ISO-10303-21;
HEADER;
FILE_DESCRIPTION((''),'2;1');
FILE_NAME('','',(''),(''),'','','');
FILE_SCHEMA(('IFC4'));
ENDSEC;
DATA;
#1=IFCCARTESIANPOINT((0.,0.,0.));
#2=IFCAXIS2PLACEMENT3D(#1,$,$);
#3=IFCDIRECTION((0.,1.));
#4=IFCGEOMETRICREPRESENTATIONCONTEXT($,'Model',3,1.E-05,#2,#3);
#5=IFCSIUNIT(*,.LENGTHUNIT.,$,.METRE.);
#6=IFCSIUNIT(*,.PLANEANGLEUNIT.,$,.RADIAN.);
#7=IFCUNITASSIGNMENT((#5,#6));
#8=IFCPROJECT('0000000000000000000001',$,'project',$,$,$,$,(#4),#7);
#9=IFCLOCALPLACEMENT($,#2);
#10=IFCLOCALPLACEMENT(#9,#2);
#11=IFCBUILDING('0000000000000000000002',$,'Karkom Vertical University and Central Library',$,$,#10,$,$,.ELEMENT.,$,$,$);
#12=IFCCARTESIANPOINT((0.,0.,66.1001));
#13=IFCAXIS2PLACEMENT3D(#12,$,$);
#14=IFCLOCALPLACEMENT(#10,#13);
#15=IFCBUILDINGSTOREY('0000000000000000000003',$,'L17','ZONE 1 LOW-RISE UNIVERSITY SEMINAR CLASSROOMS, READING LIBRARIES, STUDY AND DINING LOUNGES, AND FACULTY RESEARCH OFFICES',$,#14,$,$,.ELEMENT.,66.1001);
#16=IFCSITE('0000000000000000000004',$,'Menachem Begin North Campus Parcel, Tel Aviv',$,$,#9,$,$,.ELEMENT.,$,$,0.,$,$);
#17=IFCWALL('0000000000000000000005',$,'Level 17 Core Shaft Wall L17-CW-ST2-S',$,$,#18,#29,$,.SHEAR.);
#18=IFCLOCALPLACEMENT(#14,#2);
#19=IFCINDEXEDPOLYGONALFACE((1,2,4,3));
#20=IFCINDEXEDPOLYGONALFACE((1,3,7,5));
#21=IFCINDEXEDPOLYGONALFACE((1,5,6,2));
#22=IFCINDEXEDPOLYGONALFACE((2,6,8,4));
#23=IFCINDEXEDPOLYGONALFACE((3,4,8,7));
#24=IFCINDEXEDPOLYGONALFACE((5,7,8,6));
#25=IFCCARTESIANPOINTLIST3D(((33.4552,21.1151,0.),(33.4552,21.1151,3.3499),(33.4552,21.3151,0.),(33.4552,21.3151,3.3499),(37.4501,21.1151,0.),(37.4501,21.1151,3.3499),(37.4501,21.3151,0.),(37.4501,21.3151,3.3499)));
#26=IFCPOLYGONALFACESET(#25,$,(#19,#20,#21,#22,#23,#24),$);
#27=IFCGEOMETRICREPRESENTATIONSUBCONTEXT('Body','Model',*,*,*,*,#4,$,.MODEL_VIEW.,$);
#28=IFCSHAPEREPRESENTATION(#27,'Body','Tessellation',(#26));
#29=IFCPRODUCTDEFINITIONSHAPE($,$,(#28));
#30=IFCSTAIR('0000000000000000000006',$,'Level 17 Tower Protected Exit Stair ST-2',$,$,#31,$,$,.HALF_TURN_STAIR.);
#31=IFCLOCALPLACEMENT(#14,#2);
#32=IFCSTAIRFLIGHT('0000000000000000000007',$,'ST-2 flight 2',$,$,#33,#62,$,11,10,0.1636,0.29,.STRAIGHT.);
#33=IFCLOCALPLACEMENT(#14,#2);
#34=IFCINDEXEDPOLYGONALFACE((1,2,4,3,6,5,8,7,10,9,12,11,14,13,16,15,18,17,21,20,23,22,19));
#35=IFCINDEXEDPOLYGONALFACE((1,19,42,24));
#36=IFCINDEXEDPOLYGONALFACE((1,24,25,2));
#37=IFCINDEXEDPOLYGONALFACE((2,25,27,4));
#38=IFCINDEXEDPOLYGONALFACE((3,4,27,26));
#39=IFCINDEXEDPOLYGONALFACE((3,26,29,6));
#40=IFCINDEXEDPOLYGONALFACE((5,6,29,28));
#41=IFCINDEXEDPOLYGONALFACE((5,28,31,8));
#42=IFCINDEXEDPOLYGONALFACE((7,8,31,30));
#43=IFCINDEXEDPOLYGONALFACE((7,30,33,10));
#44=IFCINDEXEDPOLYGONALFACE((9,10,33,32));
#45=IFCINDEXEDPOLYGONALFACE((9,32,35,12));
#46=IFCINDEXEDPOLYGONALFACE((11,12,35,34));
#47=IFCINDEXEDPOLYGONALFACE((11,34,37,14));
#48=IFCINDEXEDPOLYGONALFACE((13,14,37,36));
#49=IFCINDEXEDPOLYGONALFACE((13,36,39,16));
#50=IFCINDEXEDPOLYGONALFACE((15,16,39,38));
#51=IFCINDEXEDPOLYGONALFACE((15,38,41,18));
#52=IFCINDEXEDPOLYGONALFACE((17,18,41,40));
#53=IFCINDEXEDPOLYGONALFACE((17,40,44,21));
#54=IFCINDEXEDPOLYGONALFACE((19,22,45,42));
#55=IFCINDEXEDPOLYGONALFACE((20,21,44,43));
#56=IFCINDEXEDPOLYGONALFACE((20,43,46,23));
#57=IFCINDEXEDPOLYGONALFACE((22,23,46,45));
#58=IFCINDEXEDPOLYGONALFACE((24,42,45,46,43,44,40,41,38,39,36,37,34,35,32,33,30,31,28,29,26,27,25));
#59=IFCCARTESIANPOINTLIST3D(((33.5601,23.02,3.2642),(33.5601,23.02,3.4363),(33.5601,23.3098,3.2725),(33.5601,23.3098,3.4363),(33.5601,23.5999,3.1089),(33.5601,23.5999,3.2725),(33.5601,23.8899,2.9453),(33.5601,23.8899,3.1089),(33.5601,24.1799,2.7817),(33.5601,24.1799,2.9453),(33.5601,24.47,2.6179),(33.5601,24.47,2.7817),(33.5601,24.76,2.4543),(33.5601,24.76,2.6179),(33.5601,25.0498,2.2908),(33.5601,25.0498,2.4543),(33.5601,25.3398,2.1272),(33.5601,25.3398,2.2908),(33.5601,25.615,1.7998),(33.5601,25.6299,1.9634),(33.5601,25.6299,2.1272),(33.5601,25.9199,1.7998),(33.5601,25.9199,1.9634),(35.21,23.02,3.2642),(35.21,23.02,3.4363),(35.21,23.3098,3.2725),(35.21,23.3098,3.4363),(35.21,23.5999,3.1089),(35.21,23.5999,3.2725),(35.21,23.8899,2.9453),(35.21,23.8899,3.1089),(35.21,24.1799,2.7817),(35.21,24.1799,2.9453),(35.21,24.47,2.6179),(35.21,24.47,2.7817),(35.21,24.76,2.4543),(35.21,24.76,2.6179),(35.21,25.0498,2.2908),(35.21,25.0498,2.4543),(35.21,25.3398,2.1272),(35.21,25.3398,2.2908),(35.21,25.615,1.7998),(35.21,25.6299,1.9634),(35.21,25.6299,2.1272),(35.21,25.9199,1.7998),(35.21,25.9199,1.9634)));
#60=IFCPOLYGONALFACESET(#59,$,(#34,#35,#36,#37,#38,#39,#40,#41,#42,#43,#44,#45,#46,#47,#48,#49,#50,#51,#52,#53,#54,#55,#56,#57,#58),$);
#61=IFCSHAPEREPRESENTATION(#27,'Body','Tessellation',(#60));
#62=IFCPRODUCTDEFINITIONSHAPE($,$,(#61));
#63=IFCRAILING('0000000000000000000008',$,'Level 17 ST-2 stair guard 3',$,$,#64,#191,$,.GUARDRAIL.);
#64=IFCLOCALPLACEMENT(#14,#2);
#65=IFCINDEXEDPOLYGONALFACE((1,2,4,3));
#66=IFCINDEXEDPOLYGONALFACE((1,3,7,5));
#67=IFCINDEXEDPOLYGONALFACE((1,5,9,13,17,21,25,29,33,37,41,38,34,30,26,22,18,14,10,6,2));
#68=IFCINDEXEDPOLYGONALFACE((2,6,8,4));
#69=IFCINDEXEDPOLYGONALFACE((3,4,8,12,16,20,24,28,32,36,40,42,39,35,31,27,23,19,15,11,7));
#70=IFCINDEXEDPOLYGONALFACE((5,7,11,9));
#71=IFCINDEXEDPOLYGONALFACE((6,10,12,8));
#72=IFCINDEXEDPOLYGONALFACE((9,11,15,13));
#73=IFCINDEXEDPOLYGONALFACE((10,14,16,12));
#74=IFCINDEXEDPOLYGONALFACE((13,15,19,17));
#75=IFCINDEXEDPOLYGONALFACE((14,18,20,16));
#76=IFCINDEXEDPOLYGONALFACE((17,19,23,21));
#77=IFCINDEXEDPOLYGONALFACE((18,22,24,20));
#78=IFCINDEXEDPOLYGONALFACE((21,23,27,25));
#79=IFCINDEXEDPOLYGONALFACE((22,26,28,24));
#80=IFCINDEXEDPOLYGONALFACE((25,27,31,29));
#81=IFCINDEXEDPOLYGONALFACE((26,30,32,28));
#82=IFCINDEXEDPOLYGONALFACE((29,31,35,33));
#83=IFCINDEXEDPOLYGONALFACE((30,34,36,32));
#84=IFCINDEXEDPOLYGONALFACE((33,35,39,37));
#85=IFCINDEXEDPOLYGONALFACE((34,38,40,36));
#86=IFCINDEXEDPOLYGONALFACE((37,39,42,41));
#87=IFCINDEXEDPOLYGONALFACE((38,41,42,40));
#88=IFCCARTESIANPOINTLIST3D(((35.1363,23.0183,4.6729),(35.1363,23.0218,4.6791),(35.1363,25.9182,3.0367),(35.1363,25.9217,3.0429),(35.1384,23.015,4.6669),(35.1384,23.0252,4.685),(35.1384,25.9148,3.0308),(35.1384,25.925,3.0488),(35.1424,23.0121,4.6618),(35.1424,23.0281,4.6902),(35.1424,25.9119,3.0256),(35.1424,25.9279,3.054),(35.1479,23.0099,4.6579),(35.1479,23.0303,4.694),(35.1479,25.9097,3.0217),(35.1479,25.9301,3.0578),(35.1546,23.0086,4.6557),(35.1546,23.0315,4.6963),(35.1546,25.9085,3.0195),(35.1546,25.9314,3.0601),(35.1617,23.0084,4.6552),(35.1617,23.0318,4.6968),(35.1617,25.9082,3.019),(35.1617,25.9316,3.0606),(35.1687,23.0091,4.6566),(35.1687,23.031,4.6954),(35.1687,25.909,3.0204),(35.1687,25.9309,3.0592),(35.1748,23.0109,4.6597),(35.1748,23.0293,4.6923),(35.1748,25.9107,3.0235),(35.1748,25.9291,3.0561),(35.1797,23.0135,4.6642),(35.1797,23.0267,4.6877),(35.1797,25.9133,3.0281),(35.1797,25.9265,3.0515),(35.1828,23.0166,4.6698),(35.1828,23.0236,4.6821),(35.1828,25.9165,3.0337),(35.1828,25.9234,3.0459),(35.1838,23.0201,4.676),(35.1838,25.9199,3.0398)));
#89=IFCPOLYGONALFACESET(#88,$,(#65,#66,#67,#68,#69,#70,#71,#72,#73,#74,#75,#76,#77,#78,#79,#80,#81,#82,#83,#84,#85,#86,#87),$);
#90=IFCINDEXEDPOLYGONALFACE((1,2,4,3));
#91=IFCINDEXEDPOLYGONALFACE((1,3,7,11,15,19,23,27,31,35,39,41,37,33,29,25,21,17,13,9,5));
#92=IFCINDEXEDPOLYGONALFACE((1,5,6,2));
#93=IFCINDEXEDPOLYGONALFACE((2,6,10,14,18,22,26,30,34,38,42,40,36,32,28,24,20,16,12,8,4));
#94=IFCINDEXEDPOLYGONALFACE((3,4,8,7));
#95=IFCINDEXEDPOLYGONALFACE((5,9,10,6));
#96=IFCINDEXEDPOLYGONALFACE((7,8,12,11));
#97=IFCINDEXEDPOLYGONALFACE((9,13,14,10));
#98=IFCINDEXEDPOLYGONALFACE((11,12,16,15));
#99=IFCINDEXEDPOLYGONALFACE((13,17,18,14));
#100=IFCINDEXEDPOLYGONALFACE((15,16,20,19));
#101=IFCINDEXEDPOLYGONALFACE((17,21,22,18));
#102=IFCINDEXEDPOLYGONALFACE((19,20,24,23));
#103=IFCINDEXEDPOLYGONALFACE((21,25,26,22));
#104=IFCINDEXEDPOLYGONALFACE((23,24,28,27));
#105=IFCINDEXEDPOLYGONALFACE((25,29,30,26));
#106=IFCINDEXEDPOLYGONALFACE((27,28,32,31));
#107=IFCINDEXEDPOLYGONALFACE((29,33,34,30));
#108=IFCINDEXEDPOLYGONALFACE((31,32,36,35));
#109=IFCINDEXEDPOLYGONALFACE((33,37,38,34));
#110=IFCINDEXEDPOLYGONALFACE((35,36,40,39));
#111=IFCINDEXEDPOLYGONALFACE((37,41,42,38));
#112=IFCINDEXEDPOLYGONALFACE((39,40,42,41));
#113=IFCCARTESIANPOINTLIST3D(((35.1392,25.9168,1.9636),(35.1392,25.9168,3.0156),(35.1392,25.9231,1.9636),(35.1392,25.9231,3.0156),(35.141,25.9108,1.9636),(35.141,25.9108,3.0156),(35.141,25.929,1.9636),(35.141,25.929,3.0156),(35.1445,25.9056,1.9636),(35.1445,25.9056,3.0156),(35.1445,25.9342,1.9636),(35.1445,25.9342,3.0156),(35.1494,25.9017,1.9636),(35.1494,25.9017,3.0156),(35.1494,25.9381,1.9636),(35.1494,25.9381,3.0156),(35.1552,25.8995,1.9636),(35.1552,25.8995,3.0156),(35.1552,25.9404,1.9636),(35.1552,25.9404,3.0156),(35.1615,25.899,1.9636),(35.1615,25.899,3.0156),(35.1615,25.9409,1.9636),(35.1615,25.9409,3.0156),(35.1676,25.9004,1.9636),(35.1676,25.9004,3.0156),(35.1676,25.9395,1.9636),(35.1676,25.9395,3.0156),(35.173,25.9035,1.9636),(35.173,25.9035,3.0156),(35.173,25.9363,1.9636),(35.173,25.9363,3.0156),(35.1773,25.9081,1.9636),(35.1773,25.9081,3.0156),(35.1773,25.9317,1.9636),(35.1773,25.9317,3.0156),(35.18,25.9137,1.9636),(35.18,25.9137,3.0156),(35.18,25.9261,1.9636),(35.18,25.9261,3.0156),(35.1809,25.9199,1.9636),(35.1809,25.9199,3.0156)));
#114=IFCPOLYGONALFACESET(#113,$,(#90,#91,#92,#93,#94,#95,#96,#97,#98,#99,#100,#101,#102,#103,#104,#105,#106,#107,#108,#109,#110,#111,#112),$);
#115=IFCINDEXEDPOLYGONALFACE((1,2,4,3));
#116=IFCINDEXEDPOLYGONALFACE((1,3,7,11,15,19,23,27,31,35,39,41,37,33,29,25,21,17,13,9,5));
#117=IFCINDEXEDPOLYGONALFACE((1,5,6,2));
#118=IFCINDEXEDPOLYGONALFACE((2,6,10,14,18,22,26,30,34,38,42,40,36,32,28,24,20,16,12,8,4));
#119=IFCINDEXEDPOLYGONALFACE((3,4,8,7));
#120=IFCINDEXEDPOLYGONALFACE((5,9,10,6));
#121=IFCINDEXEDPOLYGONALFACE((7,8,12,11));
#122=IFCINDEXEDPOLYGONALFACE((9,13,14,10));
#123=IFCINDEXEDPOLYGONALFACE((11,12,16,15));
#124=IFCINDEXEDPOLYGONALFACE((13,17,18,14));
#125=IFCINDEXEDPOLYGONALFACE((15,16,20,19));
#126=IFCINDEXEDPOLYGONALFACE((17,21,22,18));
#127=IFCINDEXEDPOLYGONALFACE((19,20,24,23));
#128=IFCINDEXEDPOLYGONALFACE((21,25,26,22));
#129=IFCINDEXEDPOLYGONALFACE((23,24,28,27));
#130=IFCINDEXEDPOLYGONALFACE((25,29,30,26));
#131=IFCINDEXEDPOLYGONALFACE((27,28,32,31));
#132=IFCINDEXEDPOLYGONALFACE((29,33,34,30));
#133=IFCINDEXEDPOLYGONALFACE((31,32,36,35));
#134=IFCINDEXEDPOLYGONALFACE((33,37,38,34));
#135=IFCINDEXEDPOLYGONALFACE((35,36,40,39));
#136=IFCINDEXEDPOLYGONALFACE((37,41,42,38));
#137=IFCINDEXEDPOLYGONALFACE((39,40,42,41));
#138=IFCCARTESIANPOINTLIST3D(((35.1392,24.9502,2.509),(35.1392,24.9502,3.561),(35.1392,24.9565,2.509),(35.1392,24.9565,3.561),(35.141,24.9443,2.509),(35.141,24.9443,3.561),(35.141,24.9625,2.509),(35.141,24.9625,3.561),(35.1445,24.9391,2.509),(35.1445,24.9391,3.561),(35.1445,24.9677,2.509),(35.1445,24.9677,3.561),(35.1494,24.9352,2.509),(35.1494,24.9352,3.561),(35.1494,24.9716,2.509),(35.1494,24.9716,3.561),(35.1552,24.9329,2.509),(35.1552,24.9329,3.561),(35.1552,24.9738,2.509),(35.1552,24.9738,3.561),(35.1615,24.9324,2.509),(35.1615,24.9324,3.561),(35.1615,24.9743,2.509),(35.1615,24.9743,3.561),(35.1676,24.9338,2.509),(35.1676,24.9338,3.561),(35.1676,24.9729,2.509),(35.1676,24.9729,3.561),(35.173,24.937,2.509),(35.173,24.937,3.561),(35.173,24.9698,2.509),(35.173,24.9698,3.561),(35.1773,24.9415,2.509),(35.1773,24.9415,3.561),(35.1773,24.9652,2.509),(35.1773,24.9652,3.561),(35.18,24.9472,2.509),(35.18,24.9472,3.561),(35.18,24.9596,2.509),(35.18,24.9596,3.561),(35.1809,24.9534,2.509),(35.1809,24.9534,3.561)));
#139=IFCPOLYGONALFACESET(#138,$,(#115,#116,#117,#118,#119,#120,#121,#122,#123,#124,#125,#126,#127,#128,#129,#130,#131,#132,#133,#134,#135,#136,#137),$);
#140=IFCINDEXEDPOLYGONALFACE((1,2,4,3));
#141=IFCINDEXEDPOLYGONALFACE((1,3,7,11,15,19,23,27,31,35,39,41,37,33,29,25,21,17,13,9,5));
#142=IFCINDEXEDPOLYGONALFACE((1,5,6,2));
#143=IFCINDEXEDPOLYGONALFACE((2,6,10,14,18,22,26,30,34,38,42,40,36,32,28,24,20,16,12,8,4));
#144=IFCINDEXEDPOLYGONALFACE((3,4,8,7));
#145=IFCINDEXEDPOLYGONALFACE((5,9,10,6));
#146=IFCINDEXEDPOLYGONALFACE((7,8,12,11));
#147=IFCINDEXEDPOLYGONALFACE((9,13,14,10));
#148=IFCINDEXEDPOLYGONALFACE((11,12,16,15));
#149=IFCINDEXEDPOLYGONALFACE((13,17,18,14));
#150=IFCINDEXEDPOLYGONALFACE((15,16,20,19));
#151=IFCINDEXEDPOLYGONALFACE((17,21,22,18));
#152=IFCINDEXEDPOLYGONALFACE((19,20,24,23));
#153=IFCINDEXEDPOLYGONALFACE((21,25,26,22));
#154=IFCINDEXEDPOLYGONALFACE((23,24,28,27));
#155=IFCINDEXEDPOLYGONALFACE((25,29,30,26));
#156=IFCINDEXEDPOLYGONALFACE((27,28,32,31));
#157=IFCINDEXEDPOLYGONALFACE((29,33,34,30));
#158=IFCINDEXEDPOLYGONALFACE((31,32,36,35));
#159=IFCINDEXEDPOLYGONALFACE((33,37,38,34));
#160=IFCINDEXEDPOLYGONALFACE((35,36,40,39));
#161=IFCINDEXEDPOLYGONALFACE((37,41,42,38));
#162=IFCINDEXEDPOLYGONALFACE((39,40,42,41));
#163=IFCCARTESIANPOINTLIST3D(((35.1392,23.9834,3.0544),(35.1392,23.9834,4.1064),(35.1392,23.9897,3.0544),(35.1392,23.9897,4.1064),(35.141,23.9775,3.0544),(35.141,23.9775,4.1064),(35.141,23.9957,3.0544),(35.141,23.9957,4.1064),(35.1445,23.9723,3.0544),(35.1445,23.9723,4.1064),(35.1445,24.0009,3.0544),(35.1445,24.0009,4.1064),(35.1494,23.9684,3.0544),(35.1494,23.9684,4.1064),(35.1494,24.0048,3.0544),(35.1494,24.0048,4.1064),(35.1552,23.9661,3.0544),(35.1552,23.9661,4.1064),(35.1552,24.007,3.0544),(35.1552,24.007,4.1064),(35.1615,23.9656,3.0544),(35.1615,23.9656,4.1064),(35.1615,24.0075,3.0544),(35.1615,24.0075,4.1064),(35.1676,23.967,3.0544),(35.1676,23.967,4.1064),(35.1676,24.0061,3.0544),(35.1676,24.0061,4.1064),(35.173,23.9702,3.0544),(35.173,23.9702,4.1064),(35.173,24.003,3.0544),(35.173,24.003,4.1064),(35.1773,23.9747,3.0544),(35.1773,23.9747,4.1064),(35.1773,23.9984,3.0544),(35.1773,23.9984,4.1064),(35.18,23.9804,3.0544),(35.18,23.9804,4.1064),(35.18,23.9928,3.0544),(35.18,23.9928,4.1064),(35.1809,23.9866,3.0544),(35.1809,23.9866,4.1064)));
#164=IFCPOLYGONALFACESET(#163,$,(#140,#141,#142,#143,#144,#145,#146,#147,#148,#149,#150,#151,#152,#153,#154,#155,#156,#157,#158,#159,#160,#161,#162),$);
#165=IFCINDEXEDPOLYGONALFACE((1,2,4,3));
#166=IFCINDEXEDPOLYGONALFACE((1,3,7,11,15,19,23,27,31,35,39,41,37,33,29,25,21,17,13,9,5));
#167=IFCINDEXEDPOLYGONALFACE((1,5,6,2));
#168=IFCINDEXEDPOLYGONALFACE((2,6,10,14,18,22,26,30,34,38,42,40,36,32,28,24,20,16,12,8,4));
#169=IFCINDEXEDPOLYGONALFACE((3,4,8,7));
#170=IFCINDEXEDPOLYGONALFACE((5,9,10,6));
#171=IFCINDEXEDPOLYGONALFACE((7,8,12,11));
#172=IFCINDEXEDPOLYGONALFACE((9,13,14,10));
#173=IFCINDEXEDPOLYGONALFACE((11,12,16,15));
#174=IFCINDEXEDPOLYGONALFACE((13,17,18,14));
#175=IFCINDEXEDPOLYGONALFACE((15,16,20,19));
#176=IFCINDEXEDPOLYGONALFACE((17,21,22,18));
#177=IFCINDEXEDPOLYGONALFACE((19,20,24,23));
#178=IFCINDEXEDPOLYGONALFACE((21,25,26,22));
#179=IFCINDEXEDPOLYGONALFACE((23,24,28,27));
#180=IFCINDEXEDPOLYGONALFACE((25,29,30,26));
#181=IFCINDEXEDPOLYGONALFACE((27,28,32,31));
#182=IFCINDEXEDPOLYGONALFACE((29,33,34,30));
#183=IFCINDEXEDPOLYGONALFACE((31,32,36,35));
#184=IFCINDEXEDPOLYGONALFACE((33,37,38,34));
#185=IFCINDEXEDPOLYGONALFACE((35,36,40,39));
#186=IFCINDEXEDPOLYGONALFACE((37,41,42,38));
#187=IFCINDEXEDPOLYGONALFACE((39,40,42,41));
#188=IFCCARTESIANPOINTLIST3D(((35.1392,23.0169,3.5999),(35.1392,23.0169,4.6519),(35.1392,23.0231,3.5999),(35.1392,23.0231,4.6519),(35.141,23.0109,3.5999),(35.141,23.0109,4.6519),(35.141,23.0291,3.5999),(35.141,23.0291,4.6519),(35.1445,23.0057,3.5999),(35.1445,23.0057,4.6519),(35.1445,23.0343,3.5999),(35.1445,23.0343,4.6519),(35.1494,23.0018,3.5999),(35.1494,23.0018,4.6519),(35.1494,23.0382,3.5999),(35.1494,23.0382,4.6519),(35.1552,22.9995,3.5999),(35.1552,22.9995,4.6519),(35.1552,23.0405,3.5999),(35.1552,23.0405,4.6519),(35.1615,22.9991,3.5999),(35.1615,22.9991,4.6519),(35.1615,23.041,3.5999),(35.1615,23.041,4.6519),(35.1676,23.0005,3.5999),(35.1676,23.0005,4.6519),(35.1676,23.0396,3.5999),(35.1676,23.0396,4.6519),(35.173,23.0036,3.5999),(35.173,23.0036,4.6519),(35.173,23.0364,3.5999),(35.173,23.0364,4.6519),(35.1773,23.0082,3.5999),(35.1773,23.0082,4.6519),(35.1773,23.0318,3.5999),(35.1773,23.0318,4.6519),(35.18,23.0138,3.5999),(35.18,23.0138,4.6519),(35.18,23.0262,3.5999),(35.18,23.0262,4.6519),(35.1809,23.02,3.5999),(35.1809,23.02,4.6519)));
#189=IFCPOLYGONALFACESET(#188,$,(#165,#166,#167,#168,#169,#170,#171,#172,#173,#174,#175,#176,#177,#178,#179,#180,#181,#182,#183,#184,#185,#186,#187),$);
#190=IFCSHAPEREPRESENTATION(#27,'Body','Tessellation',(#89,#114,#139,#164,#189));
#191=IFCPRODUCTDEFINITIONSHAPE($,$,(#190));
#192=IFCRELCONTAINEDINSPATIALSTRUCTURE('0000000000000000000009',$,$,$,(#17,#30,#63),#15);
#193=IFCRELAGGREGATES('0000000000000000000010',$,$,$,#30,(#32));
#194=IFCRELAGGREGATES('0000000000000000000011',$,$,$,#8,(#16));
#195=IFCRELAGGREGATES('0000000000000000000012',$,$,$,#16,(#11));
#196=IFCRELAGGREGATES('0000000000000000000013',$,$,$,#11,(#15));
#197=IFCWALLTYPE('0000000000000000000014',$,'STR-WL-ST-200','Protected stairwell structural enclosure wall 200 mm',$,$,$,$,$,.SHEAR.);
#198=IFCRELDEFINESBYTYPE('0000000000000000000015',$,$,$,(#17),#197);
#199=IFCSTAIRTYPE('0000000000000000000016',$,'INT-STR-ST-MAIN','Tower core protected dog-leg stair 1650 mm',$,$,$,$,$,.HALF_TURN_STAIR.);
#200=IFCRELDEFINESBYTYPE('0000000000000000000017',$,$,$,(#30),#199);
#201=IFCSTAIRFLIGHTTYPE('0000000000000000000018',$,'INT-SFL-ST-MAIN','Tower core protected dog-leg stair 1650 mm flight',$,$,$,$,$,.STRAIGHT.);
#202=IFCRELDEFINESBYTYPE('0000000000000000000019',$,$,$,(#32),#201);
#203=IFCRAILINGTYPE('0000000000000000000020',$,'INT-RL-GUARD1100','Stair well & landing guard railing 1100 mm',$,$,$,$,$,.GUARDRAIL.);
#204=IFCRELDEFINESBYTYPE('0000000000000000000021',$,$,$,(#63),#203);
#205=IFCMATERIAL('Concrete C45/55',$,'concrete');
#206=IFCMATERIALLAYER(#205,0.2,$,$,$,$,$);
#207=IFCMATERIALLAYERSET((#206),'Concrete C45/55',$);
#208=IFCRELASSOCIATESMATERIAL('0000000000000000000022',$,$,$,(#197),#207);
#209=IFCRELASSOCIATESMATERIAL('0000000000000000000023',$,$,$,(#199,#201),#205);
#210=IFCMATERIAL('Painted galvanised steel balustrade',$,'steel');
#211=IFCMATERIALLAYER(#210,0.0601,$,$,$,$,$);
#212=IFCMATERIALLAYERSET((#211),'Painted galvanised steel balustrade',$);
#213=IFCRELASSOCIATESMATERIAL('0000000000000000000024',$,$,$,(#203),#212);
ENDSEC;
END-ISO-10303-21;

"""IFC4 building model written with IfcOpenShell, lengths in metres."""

from ifc_helpers import new_model, si_unit, direction, frame, frame_2d, origin, origin_2d, place, context, subcontext, project, spatial, polyline, rectangle, circle, outline, extrude, material, layer, layer_set, type_object, element, aggregate, save


model = new_model("IFC4")

# Units and contexts
model_context = context("Model", 3, precision=1e-05, world=origin(), true_north=direction((0.0, 1.0)))
body_context = subcontext(model_context, "Body", "Model", "MODEL_VIEW")
ifc_project = project(units=[si_unit("LENGTHUNIT", "METRE"), si_unit("PLANEANGLEUNIT", "RADIAN")], contexts=[model_context])

# Site, building, storey
site_placement = place(None, origin())
site = spatial("IfcSite", under=ifc_project, at=site_placement, Name="Menachem Begin North Campus Parcel, Tel Aviv", CompositionType="ELEMENT", RefElevation=0.0)
building_placement = place(site_placement, origin())
building = spatial("IfcBuilding", under=site, at=building_placement, Name="Karkom Vertical University and Central Library", CompositionType="ELEMENT")
storey_placement = place(building_placement, frame((0.0, 0.0, 66.1001)))
storey = spatial("IfcBuildingStorey", under=building, at=storey_placement, Name="L17", Description="ZONE 1 LOW-RISE UNIVERSITY SEMINAR CLASSROOMS, READING LIBRARIES, STUDY AND DINING LOUNGES, AND FACULTY RESEARCH OFFICES", CompositionType="ELEMENT", Elevation=66.1001)

# Shared definitions
ifc_material_1 = material(Name="Concrete C45/55", Category="concrete")
ifc_layer_1 = layer(ifc_material_1, 0.2)
ifc_layer_set_1 = layer_set([ifc_layer_1], Name="Concrete C45/55")
wall_type_1 = type_object("IfcWallType", Name="STR-WL-ST-200", Description="Protected stairwell structural enclosure wall 200 mm", PredefinedType="SHEAR", material=ifc_layer_set_1)

# Wall
wall_1_placement = place(storey_placement, frame((33.4551, 21.2151, 0.0), z_axis=(0.0, 0.0, 1.0), x_axis=(1.0, 0.0, 0.0)))
element("IfcWall", 1, at=wall_1_placement, inside=storey, type_object=wall_type_1, Name="Level 17 Core Shaft Wall L17-CW-ST2-S", PredefinedType="SHEAR", context=body_context, shape_type="SweptSolid", body=[
    extrude(rectangle(XDim=3.9949, YDim=0.2, at=frame_2d((1.9976, 0.0))), origin(), (0.0, 0.0, 1.0), 3.3499),
])

# Stair, stair flight
stair_type = type_object("IfcStairType", Name="INT-STR-ST-MAIN", Description="Tower core protected dog-leg stair 1650 mm", PredefinedType="HALF_TURN_STAIR", material=ifc_material_1)
stair_placement = place(storey_placement, origin())
stair = element("IfcStair", 2, at=stair_placement, inside=storey, type_object=stair_type, Name="Level 17 Tower Protected Exit Stair ST-2", PredefinedType="HALF_TURN_STAIR")
stair_flight_type = type_object("IfcStairFlightType", Name="INT-SFL-ST-MAIN", Description="Tower core protected dog-leg stair 1650 mm flight", PredefinedType="STRAIGHT", material=ifc_material_1)
stair_flight_placement = place(storey_placement, frame((34.385, 25.9199, 1.7998), z_axis=(0.0, 0.0, 1.0), x_axis=(0.0, -1.0, 0.0)))
stair_flight = element("IfcStairFlight", 3, at=stair_flight_placement, type_object=stair_flight_type, Name="ST-2 flight 2", NumberOfRisers=11, NumberOfTreads=10, PredefinedType="STRAIGHT", RiserHeight=0.1636, TreadLength=0.29, context=body_context, shape_type="SweptSolid", body=[
    extrude(outline(polyline([(0.0, 0.0), (0.0, 0.1636), (0.29, 0.1636), (0.29, 0.3274), (0.5801, 0.3274), (0.5801, 0.491), (0.8701, 0.491), (0.8701, 0.6545), (1.1599, 0.6545), (1.1599, 0.8181), (1.45, 0.8181), (1.45, 0.9819), (1.74, 0.9819), (1.74, 1.1455), (2.03, 1.1455), (2.03, 1.3091), (2.3201, 1.3091), (2.3201, 1.4727), (2.6101, 1.4727), (2.6101, 1.6365), (2.8999, 1.6365), (2.8999, 1.8), (2.8999, 1.4644), (0.3049, 0.0), (0.0, 0.0)])), frame((0.0, 0.825, 0.0), z_axis=(0.0, -1.0, 0.0), x_axis=(1.0, 0.0, 0.0)), (0.0, 0.0, 1.0), 1.6499),
])
aggregate(stair, [stair_flight])

# Railing
ifc_material_2 = material(Name="Painted galvanised steel balustrade", Category="steel")
ifc_layer_2 = layer(ifc_material_2, 0.0601)
ifc_layer_set_2 = layer_set([ifc_layer_2], Name="Painted galvanised steel balustrade")
railing_type_1 = type_object("IfcRailingType", Name="INT-RL-GUARD1100", Description="Stair well & landing guard railing 1100 mm", PredefinedType="GUARDRAIL", material=ifc_layer_set_2)
railing_1_placement = place(storey_placement, frame((35.1599, 25.9199, 1.9636)))
element("IfcRailing", 4, at=railing_1_placement, inside=storey, type_object=railing_type_1, Name="Level 17 ST-2 stair guard 3", PredefinedType="GUARDRAIL", context=body_context, shape_type="SweptSolid", body=[
    extrude(circle(Radius=0.0239, at=origin_2d()), frame((0.0, 0.0, 1.0762), z_axis=(0.0, -0.870929, 0.49141), x_axis=(1.0, 0.0, 0.0)), (0.0, 0.0, 1.0), 3.3296),
    extrude(circle(Radius=0.021, at=origin_2d()), origin(), (0.0, 0.0, 1.0), 1.052),
    extrude(circle(Radius=0.021, at=origin_2d()), frame((0.0, -0.9666, 0.5454)), (0.0, 0.0, 1.0), 1.052),
    extrude(circle(Radius=0.021, at=origin_2d()), frame((0.0, -1.9333, 1.0908)), (0.0, 0.0, 1.0), 1.052),
    extrude(circle(Radius=0.021, at=origin_2d()), frame((0.0, -2.8999, 1.6362)), (0.0, 0.0, 1.0), 1.052),
])

save(model, "model.ifc")
